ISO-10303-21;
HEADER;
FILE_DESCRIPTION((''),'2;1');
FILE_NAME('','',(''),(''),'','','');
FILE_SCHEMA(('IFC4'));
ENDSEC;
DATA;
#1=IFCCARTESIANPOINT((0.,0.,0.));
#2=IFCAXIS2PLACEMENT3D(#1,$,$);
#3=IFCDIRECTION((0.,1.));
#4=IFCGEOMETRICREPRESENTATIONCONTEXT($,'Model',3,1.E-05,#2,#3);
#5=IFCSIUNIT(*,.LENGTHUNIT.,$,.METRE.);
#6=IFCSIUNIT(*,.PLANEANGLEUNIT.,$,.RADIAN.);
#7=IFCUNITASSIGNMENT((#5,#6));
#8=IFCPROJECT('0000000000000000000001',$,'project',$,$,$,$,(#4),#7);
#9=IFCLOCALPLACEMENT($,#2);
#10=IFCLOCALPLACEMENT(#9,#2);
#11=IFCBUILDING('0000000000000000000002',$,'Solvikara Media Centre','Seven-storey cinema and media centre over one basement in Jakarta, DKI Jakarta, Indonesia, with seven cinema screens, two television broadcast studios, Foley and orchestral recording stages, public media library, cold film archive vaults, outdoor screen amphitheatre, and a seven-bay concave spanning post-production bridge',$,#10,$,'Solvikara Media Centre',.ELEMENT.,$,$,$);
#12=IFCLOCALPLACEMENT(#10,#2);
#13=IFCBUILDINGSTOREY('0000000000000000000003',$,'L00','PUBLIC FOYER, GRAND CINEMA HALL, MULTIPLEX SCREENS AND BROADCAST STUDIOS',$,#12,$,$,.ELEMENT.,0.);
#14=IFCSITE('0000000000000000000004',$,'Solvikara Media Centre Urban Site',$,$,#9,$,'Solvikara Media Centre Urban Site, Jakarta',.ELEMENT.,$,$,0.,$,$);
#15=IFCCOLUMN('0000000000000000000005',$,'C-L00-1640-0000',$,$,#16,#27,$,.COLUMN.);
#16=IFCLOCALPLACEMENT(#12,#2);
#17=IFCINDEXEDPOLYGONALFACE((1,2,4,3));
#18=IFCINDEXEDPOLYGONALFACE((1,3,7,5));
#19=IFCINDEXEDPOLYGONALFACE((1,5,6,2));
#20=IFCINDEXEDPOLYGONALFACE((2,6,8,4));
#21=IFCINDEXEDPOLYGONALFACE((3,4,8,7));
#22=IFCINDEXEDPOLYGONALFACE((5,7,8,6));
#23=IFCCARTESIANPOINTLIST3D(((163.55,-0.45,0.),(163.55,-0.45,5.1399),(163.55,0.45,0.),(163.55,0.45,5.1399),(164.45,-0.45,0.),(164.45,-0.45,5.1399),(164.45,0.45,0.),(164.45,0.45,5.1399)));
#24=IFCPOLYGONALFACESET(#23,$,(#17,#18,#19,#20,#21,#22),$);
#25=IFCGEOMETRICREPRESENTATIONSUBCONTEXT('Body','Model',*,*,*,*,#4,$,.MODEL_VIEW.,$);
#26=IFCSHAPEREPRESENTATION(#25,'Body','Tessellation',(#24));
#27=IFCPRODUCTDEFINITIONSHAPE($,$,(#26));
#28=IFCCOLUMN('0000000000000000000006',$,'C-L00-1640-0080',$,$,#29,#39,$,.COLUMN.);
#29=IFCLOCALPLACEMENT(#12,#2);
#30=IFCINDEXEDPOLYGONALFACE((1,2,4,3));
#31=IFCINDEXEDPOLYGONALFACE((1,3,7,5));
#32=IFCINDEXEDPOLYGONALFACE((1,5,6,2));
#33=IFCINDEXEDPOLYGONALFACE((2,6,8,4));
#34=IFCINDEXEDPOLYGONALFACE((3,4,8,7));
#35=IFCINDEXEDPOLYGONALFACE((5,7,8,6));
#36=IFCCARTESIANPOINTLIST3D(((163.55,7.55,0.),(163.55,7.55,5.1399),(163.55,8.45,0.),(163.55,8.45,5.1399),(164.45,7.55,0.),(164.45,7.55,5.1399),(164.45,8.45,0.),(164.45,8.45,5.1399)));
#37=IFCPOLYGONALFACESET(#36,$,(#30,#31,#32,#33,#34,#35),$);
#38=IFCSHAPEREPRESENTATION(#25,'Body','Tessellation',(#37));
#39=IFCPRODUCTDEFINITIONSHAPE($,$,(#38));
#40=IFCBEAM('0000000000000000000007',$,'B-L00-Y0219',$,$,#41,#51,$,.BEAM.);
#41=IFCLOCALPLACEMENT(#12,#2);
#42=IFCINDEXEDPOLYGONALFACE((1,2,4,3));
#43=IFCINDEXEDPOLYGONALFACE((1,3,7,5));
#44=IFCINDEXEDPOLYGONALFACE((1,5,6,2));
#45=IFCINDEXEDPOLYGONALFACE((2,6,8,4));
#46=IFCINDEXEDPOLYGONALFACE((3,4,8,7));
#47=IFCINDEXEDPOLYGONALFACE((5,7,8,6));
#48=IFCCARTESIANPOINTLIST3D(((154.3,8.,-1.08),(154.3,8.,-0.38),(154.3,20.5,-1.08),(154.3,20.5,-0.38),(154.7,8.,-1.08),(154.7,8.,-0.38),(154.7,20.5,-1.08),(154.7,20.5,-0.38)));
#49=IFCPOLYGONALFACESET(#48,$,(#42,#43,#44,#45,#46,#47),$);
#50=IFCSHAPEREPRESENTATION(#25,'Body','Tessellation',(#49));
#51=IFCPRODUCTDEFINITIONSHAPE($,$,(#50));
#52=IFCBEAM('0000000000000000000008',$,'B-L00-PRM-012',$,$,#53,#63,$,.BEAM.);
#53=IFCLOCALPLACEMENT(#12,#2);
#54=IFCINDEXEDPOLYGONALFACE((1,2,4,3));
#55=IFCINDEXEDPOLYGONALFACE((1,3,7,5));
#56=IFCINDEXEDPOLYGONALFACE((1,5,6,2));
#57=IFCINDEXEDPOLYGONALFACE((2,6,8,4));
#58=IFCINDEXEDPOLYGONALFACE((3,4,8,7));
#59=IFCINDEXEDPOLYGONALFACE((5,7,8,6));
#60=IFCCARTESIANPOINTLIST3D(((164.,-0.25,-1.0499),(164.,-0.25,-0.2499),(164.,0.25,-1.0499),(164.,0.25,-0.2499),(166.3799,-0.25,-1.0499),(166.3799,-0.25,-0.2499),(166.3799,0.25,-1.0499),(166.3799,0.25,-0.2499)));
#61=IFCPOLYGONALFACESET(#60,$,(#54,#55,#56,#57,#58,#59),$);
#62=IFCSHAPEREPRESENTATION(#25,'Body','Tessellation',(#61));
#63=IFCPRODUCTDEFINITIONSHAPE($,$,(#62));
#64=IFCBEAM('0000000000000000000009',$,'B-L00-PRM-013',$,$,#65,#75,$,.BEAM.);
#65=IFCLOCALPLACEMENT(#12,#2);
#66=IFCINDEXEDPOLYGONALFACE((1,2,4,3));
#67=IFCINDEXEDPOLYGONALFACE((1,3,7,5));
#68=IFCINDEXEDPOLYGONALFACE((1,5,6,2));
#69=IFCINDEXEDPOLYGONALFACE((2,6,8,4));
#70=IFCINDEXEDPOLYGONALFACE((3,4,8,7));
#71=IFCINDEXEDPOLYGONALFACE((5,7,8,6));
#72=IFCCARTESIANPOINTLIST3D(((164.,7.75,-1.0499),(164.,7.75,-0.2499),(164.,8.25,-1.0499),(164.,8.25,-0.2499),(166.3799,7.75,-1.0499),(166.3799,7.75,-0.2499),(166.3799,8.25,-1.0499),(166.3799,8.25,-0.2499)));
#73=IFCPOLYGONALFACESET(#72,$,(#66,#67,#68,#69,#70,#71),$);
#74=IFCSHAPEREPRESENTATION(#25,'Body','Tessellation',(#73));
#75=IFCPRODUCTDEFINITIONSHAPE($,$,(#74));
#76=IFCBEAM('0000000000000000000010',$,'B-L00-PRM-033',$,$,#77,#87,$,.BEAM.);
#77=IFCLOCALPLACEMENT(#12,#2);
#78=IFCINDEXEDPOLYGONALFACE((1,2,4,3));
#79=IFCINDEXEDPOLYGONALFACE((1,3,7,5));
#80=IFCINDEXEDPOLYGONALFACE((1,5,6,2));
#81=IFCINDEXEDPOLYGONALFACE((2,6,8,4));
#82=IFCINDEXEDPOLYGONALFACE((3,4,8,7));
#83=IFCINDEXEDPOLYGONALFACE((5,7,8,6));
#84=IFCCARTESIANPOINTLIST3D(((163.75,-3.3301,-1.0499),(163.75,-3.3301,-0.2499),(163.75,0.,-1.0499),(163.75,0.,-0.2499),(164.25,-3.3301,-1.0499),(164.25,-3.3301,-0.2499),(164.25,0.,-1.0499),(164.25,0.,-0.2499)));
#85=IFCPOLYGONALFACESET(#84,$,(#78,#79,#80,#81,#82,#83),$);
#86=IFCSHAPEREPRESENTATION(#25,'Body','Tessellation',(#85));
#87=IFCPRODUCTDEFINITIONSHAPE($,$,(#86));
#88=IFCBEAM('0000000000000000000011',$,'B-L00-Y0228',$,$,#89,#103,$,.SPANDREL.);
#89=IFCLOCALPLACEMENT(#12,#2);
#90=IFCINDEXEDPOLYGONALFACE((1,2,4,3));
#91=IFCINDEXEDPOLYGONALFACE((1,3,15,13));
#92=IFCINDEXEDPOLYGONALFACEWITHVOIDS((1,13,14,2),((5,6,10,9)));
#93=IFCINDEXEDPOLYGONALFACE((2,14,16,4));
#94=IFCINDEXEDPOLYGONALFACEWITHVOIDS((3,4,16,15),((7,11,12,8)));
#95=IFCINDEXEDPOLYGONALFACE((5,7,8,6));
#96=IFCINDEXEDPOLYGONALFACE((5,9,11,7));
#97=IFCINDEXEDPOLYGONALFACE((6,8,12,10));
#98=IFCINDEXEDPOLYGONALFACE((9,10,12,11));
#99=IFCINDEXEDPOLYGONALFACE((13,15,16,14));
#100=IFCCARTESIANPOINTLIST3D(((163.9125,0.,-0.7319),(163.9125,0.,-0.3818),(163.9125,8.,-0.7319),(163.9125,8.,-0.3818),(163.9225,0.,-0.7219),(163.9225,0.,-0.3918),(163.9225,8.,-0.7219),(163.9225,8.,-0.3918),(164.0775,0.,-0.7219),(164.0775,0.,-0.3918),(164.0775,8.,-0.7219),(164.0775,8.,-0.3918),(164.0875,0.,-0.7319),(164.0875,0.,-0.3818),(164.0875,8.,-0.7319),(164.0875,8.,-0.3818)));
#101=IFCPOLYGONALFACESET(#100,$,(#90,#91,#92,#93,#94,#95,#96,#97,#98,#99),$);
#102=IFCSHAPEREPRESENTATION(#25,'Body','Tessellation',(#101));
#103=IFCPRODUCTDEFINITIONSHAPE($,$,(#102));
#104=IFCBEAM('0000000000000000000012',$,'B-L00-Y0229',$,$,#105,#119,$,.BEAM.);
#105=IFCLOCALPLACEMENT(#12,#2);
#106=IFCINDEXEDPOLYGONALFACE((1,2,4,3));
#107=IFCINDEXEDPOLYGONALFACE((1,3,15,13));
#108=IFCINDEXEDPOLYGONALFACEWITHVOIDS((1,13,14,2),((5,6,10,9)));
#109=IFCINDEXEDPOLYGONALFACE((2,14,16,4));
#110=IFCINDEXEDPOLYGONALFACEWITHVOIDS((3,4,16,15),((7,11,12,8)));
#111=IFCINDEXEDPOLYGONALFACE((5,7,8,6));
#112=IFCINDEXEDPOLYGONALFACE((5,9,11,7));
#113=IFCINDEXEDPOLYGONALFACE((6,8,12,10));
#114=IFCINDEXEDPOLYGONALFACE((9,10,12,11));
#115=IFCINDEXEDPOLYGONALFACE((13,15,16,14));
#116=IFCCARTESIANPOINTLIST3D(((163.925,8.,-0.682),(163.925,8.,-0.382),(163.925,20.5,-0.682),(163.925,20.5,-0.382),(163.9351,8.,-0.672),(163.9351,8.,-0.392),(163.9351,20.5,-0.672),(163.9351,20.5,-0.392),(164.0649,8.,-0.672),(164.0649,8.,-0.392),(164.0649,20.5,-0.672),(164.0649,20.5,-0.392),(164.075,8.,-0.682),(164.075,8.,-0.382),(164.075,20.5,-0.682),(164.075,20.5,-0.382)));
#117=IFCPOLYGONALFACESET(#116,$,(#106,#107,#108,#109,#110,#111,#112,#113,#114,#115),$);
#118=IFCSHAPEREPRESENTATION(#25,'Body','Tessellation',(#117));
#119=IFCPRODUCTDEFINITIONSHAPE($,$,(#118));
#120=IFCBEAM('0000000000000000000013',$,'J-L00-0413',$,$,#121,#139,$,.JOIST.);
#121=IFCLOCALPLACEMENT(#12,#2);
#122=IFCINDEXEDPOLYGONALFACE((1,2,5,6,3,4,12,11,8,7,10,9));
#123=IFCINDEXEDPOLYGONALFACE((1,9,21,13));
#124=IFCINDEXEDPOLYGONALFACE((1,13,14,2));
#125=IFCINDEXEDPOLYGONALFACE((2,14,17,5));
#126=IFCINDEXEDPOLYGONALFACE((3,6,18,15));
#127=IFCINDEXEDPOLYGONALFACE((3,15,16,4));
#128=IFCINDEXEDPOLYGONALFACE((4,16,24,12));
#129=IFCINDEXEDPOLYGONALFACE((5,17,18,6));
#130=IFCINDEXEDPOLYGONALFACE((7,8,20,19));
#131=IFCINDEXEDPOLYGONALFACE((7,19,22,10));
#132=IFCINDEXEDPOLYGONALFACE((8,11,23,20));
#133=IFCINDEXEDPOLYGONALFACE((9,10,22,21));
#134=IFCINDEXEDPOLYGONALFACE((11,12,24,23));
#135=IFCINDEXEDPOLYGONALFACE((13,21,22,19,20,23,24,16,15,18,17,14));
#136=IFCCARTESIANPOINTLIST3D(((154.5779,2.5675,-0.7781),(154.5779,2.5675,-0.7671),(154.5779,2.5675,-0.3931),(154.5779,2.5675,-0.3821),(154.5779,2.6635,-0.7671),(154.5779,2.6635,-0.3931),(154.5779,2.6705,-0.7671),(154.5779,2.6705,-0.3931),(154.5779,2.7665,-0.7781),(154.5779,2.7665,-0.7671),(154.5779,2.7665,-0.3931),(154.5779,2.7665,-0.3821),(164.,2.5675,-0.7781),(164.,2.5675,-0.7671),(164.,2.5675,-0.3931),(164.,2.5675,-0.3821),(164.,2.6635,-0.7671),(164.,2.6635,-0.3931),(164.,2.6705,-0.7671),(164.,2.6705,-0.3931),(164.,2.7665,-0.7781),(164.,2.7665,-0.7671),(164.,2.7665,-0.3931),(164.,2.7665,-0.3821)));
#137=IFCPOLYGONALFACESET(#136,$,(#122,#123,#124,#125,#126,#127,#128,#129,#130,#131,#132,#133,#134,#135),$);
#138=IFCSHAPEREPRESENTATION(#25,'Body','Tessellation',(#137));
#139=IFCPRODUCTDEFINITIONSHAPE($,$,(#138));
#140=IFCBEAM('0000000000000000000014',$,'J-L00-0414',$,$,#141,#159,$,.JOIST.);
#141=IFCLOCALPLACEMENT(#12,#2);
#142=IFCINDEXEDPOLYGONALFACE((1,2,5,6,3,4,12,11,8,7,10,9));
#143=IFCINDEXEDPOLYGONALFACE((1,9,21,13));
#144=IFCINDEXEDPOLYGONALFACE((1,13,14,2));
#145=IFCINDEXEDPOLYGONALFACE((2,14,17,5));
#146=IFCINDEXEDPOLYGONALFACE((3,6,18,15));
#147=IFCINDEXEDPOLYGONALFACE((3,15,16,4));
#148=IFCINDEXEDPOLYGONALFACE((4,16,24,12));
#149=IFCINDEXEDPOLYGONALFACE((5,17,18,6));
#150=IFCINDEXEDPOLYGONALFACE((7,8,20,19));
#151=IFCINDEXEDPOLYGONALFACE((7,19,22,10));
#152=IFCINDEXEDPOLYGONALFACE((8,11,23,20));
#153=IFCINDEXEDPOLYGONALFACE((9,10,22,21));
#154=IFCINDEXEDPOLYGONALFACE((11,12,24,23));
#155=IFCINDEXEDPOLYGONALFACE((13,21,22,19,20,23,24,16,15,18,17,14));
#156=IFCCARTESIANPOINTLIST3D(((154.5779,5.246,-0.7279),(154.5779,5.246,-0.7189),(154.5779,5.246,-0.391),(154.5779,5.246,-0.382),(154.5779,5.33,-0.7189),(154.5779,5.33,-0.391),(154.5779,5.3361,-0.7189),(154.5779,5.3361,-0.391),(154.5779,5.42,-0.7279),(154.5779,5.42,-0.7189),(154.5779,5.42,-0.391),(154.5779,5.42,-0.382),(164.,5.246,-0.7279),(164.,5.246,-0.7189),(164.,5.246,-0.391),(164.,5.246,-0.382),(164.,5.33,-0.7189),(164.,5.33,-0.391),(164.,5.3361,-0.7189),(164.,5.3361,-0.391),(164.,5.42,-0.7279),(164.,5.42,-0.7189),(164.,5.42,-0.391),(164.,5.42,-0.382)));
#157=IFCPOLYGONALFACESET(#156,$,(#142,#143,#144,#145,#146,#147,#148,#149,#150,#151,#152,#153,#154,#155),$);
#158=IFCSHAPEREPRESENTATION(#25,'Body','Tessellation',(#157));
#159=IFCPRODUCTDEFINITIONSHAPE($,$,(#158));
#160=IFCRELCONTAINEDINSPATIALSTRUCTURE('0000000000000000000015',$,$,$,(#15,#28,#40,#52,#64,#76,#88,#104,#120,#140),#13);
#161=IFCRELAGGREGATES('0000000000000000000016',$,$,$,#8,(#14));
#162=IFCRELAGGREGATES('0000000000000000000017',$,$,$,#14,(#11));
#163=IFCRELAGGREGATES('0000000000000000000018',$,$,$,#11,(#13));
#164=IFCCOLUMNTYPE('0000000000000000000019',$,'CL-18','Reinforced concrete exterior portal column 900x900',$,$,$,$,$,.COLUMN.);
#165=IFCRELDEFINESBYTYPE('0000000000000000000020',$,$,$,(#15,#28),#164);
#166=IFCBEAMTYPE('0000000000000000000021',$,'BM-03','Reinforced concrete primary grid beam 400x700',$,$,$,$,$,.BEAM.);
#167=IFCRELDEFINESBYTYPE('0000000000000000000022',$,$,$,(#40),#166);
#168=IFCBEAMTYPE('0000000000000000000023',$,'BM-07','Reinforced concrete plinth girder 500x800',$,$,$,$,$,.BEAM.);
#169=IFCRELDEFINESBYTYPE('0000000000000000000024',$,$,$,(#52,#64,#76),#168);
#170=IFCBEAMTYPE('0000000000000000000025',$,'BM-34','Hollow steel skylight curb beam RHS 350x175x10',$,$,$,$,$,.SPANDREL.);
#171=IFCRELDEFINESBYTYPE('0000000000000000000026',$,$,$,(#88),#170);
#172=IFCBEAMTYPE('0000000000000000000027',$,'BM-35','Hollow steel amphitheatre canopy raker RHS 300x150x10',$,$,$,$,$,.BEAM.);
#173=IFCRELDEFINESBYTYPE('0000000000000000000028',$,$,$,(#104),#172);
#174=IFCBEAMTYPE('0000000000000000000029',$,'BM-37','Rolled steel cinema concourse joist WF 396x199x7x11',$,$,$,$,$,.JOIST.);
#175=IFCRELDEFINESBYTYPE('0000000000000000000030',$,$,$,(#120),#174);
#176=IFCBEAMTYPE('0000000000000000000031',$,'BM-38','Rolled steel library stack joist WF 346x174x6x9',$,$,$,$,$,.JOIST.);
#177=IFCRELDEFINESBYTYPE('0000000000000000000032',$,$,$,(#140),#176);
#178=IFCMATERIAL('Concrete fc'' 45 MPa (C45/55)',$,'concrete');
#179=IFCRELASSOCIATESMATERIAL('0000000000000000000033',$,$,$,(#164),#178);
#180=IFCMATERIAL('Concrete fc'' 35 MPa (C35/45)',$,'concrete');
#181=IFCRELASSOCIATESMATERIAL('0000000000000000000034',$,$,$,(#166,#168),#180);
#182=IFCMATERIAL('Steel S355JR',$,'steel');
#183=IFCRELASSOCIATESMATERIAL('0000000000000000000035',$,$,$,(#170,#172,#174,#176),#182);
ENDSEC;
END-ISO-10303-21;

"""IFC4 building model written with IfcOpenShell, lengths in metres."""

from ifc_helpers import new_model, si_unit, direction, frame, origin, origin_2d, place, context, subcontext, project, spatial, rectangle, hollow_rectangle, i_section, extrude, material, material_profile, profile_set, type_object, element, save


model = new_model("IFC4")

# Units and contexts
model_context = context("Model", 3, precision=1e-05, world=origin(), true_north=direction((0.0, 1.0)))
body_context = subcontext(model_context, "Body", "Model", "MODEL_VIEW")
ifc_project = project(units=[si_unit("LENGTHUNIT", "METRE"), si_unit("PLANEANGLEUNIT", "RADIAN")], contexts=[model_context])

# Site, building, storey
site_placement = place(None, origin())
site = spatial("IfcSite", under=ifc_project, at=site_placement, Name="Solvikara Media Centre Urban Site", LongName="Solvikara Media Centre Urban Site, Jakarta", CompositionType="ELEMENT", RefElevation=0.0)
building_placement = place(site_placement, origin())
building = spatial("IfcBuilding", under=site, at=building_placement, Name="Solvikara Media Centre", Description="Seven-storey cinema and media centre over one basement in Jakarta, DKI Jakarta, Indonesia, with seven cinema screens, two television broadcast studios, Foley and orchestral recording stages, public media library, cold film archive vaults, outdoor screen amphitheatre, and a seven-bay concave spanning post-production bridge", LongName="Solvikara Media Centre", CompositionType="ELEMENT")
storey_placement = place(building_placement, origin())
storey = spatial("IfcBuildingStorey", under=building, at=storey_placement, Name="L00", Description="PUBLIC FOYER, GRAND CINEMA HALL, MULTIPLEX SCREENS AND BROADCAST STUDIOS", CompositionType="ELEMENT", Elevation=0.0)

# Columns
ifc_material_1 = material(Name="Concrete fc' 45 MPa (C45/55)", Category="concrete")
ifc_material_profile_1 = material_profile(ifc_material_1, rectangle(XDim=0.8999, YDim=0.8999, at=origin_2d()), Name="RC 900x900")
ifc_profile_set_1 = profile_set([ifc_material_profile_1], Name="Concrete fc' 45 MPa (C45/55)")
column_type = type_object("IfcColumnType", Name="CL-18", Description="Reinforced concrete exterior portal column 900x900", PredefinedType="COLUMN", material=ifc_profile_set_1)
for number, where, z_axis, x_axis, name in (
    (1, (164.0, 0.0, 0.0), (0.0, 0.0, 1.0), (1.0, 0.0, 0.0), "C-L00-1640-0000"),
    (2, (164.0, 8.0, 0.0), (0.0, 0.0, 1.0), (1.0, 0.0, 0.0), "C-L00-1640-0080"),
):
    element("IfcColumn", number, at=place(storey_placement, frame(where, z_axis=z_axis, x_axis=x_axis)), inside=storey, type_object=column_type, Name=name, PredefinedType="COLUMN", context=body_context, shape_type="SweptSolid", body=[
        extrude(rectangle(XDim=0.8999, YDim=0.8999, at=origin_2d()), origin(), (0.0, 0.0, 1.0), 5.1399),
    ])

# Beams
ifc_material_2 = material(Name="Concrete fc' 35 MPa (C35/45)", Category="concrete")
ifc_material_profile_2 = material_profile(ifc_material_2, rectangle(XDim=0.3999, YDim=0.7, at=origin_2d()), Name="RC 400x700")
ifc_profile_set_2 = profile_set([ifc_material_profile_2], Name="Concrete fc' 35 MPa (C35/45)")
beam_type_1 = type_object("IfcBeamType", Name="BM-03", Description="Reinforced concrete primary grid beam 400x700", PredefinedType="BEAM", material=ifc_profile_set_2)
beam_1_placement = place(storey_placement, frame((154.5, 8.0, -0.73), z_axis=(0.0, 1.0, 0.0), x_axis=(-1.0, 0.0, 0.0)))
element("IfcBeam", 3, at=beam_1_placement, inside=storey, type_object=beam_type_1, Name="B-L00-Y0219", PredefinedType="BEAM", context=body_context, shape_type="SweptSolid", body=[
    extrude(rectangle(XDim=0.3999, YDim=0.7, at=origin_2d()), origin(), (0.0, 0.0, 1.0), 12.5),
])
ifc_material_profile_3 = material_profile(ifc_material_2, rectangle(XDim=0.5, YDim=0.8, at=origin_2d()), Name="RC 500x800")
ifc_profile_set_3 = profile_set([ifc_material_profile_3], Name="Concrete fc' 35 MPa (C35/45)")
beam_type_2 = type_object("IfcBeamType", Name="BM-07", Description="Reinforced concrete plinth girder 500x800", PredefinedType="BEAM", material=ifc_profile_set_3)
for number, where, z_axis, x_axis, name in (
    (4, (164.0, 0.0, -0.6499), (1.0, 0.0, 0.0), (0.0, 1.0, 0.0), "B-L00-PRM-012"),
    (5, (164.0, 8.0, -0.6499), (1.0, 0.0, 0.0), (0.0, 1.0, 0.0), "B-L00-PRM-013"),
):
    element("IfcBeam", number, at=place(storey_placement, frame(where, z_axis=z_axis, x_axis=x_axis)), inside=storey, type_object=beam_type_2, Name=name, PredefinedType="BEAM", context=body_context, shape_type="SweptSolid", body=[
        extrude(rectangle(XDim=0.5, YDim=0.8, at=origin_2d()), origin(), (0.0, 0.0, 1.0), 2.3799),
    ])
beam_2_placement = place(storey_placement, frame((164.0, -3.3301, -0.6499), z_axis=(0.0, 1.0, 0.0), x_axis=(-1.0, 0.0, 0.0)))
element("IfcBeam", 6, at=beam_2_placement, inside=storey, type_object=beam_type_2, Name="B-L00-PRM-033", PredefinedType="BEAM", context=body_context, shape_type="SweptSolid", body=[
    extrude(rectangle(XDim=0.5, YDim=0.8, at=origin_2d()), origin(), (0.0, 0.0, 1.0), 3.3301),
])
ifc_material_3 = material(Name="Steel S355JR", Category="steel")
ifc_material_profile_4 = material_profile(ifc_material_3, hollow_rectangle(XDim=0.175, YDim=0.3501, WallThickness=0.01, at=origin_2d()), Name="RHS 350x175x10")
ifc_profile_set_4 = profile_set([ifc_material_profile_4], Name="Steel S355JR")
beam_type_3 = type_object("IfcBeamType", Name="BM-34", Description="Hollow steel skylight curb beam RHS 350x175x10", PredefinedType="SPANDREL", material=ifc_profile_set_4)
beam_3_placement = place(storey_placement, frame((164.0, 0.0, -0.5569), z_axis=(0.0, 1.0, 0.0), x_axis=(-1.0, 0.0, 0.0)))
element("IfcBeam", 7, at=beam_3_placement, inside=storey, type_object=beam_type_3, Name="B-L00-Y0228", PredefinedType="SPANDREL", context=body_context, shape_type="SweptSolid", body=[
    extrude(hollow_rectangle(XDim=0.175, YDim=0.3501, WallThickness=0.01, at=origin_2d()), origin(), (0.0, 0.0, 1.0), 8.0),
])
ifc_material_profile_5 = material_profile(ifc_material_3, hollow_rectangle(XDim=0.1499, YDim=0.3, WallThickness=0.01, at=origin_2d()), Name="RHS 300x150x10")
ifc_profile_set_5 = profile_set([ifc_material_profile_5], Name="Steel S355JR")
beam_type_4 = type_object("IfcBeamType", Name="BM-35", Description="Hollow steel amphitheatre canopy raker RHS 300x150x10", PredefinedType="BEAM", material=ifc_profile_set_5)
beam_4_placement = place(storey_placement, frame((164.0, 8.0, -0.532), z_axis=(0.0, 1.0, 0.0), x_axis=(-1.0, 0.0, 0.0)))
element("IfcBeam", 8, at=beam_4_placement, inside=storey, type_object=beam_type_4, Name="B-L00-Y0229", PredefinedType="BEAM", context=body_context, shape_type="SweptSolid", body=[
    extrude(hollow_rectangle(XDim=0.1499, YDim=0.3, WallThickness=0.01, at=origin_2d()), origin(), (0.0, 0.0, 1.0), 12.5),
])
ifc_material_profile_6 = material_profile(ifc_material_3, i_section(OverallWidth=0.199, OverallDepth=0.396, WebThickness=0.0071, FlangeThickness=0.011, at=origin_2d()), Name="WF 396x199x7x11")
ifc_profile_set_6 = profile_set([ifc_material_profile_6], Name="Steel S355JR")
beam_type_5 = type_object("IfcBeamType", Name="BM-37", Description="Rolled steel cinema concourse joist WF 396x199x7x11", PredefinedType="JOIST", material=ifc_profile_set_6)
beam_5_placement = place(storey_placement, frame((154.5779, 2.667, -0.5801), z_axis=(1.0, 0.0, 0.0), x_axis=(0.0, 1.0, 0.0)))
element("IfcBeam", 9, at=beam_5_placement, inside=storey, type_object=beam_type_5, Name="J-L00-0413", PredefinedType="JOIST", context=body_context, shape_type="SweptSolid", body=[
    extrude(i_section(OverallWidth=0.199, OverallDepth=0.396, WebThickness=0.0071, FlangeThickness=0.011, at=origin_2d()), origin(), (0.0, 0.0, 1.0), 9.4221),
])
ifc_material_profile_7 = material_profile(ifc_material_3, i_section(OverallWidth=0.1741, OverallDepth=0.3459, WebThickness=0.0061, FlangeThickness=0.009, at=origin_2d()), Name="WF 346x174x6x9")
ifc_profile_set_7 = profile_set([ifc_material_profile_7], Name="Steel S355JR")
beam_type_6 = type_object("IfcBeamType", Name="BM-38", Description="Rolled steel library stack joist WF 346x174x6x9", PredefinedType="JOIST", material=ifc_profile_set_7)
beam_6_placement = place(storey_placement, frame((154.5779, 5.333, -0.5549), z_axis=(1.0, 0.0, 0.0), x_axis=(0.0, 1.0, 0.0)))
element("IfcBeam", 10, at=beam_6_placement, inside=storey, type_object=beam_type_6, Name="J-L00-0414", PredefinedType="JOIST", context=body_context, shape_type="SweptSolid", body=[
    extrude(i_section(OverallWidth=0.1741, OverallDepth=0.3459, WebThickness=0.0061, FlangeThickness=0.009, at=origin_2d()), origin(), (0.0, 0.0, 1.0), 9.4221),
])

save(model, "model.ifc")
